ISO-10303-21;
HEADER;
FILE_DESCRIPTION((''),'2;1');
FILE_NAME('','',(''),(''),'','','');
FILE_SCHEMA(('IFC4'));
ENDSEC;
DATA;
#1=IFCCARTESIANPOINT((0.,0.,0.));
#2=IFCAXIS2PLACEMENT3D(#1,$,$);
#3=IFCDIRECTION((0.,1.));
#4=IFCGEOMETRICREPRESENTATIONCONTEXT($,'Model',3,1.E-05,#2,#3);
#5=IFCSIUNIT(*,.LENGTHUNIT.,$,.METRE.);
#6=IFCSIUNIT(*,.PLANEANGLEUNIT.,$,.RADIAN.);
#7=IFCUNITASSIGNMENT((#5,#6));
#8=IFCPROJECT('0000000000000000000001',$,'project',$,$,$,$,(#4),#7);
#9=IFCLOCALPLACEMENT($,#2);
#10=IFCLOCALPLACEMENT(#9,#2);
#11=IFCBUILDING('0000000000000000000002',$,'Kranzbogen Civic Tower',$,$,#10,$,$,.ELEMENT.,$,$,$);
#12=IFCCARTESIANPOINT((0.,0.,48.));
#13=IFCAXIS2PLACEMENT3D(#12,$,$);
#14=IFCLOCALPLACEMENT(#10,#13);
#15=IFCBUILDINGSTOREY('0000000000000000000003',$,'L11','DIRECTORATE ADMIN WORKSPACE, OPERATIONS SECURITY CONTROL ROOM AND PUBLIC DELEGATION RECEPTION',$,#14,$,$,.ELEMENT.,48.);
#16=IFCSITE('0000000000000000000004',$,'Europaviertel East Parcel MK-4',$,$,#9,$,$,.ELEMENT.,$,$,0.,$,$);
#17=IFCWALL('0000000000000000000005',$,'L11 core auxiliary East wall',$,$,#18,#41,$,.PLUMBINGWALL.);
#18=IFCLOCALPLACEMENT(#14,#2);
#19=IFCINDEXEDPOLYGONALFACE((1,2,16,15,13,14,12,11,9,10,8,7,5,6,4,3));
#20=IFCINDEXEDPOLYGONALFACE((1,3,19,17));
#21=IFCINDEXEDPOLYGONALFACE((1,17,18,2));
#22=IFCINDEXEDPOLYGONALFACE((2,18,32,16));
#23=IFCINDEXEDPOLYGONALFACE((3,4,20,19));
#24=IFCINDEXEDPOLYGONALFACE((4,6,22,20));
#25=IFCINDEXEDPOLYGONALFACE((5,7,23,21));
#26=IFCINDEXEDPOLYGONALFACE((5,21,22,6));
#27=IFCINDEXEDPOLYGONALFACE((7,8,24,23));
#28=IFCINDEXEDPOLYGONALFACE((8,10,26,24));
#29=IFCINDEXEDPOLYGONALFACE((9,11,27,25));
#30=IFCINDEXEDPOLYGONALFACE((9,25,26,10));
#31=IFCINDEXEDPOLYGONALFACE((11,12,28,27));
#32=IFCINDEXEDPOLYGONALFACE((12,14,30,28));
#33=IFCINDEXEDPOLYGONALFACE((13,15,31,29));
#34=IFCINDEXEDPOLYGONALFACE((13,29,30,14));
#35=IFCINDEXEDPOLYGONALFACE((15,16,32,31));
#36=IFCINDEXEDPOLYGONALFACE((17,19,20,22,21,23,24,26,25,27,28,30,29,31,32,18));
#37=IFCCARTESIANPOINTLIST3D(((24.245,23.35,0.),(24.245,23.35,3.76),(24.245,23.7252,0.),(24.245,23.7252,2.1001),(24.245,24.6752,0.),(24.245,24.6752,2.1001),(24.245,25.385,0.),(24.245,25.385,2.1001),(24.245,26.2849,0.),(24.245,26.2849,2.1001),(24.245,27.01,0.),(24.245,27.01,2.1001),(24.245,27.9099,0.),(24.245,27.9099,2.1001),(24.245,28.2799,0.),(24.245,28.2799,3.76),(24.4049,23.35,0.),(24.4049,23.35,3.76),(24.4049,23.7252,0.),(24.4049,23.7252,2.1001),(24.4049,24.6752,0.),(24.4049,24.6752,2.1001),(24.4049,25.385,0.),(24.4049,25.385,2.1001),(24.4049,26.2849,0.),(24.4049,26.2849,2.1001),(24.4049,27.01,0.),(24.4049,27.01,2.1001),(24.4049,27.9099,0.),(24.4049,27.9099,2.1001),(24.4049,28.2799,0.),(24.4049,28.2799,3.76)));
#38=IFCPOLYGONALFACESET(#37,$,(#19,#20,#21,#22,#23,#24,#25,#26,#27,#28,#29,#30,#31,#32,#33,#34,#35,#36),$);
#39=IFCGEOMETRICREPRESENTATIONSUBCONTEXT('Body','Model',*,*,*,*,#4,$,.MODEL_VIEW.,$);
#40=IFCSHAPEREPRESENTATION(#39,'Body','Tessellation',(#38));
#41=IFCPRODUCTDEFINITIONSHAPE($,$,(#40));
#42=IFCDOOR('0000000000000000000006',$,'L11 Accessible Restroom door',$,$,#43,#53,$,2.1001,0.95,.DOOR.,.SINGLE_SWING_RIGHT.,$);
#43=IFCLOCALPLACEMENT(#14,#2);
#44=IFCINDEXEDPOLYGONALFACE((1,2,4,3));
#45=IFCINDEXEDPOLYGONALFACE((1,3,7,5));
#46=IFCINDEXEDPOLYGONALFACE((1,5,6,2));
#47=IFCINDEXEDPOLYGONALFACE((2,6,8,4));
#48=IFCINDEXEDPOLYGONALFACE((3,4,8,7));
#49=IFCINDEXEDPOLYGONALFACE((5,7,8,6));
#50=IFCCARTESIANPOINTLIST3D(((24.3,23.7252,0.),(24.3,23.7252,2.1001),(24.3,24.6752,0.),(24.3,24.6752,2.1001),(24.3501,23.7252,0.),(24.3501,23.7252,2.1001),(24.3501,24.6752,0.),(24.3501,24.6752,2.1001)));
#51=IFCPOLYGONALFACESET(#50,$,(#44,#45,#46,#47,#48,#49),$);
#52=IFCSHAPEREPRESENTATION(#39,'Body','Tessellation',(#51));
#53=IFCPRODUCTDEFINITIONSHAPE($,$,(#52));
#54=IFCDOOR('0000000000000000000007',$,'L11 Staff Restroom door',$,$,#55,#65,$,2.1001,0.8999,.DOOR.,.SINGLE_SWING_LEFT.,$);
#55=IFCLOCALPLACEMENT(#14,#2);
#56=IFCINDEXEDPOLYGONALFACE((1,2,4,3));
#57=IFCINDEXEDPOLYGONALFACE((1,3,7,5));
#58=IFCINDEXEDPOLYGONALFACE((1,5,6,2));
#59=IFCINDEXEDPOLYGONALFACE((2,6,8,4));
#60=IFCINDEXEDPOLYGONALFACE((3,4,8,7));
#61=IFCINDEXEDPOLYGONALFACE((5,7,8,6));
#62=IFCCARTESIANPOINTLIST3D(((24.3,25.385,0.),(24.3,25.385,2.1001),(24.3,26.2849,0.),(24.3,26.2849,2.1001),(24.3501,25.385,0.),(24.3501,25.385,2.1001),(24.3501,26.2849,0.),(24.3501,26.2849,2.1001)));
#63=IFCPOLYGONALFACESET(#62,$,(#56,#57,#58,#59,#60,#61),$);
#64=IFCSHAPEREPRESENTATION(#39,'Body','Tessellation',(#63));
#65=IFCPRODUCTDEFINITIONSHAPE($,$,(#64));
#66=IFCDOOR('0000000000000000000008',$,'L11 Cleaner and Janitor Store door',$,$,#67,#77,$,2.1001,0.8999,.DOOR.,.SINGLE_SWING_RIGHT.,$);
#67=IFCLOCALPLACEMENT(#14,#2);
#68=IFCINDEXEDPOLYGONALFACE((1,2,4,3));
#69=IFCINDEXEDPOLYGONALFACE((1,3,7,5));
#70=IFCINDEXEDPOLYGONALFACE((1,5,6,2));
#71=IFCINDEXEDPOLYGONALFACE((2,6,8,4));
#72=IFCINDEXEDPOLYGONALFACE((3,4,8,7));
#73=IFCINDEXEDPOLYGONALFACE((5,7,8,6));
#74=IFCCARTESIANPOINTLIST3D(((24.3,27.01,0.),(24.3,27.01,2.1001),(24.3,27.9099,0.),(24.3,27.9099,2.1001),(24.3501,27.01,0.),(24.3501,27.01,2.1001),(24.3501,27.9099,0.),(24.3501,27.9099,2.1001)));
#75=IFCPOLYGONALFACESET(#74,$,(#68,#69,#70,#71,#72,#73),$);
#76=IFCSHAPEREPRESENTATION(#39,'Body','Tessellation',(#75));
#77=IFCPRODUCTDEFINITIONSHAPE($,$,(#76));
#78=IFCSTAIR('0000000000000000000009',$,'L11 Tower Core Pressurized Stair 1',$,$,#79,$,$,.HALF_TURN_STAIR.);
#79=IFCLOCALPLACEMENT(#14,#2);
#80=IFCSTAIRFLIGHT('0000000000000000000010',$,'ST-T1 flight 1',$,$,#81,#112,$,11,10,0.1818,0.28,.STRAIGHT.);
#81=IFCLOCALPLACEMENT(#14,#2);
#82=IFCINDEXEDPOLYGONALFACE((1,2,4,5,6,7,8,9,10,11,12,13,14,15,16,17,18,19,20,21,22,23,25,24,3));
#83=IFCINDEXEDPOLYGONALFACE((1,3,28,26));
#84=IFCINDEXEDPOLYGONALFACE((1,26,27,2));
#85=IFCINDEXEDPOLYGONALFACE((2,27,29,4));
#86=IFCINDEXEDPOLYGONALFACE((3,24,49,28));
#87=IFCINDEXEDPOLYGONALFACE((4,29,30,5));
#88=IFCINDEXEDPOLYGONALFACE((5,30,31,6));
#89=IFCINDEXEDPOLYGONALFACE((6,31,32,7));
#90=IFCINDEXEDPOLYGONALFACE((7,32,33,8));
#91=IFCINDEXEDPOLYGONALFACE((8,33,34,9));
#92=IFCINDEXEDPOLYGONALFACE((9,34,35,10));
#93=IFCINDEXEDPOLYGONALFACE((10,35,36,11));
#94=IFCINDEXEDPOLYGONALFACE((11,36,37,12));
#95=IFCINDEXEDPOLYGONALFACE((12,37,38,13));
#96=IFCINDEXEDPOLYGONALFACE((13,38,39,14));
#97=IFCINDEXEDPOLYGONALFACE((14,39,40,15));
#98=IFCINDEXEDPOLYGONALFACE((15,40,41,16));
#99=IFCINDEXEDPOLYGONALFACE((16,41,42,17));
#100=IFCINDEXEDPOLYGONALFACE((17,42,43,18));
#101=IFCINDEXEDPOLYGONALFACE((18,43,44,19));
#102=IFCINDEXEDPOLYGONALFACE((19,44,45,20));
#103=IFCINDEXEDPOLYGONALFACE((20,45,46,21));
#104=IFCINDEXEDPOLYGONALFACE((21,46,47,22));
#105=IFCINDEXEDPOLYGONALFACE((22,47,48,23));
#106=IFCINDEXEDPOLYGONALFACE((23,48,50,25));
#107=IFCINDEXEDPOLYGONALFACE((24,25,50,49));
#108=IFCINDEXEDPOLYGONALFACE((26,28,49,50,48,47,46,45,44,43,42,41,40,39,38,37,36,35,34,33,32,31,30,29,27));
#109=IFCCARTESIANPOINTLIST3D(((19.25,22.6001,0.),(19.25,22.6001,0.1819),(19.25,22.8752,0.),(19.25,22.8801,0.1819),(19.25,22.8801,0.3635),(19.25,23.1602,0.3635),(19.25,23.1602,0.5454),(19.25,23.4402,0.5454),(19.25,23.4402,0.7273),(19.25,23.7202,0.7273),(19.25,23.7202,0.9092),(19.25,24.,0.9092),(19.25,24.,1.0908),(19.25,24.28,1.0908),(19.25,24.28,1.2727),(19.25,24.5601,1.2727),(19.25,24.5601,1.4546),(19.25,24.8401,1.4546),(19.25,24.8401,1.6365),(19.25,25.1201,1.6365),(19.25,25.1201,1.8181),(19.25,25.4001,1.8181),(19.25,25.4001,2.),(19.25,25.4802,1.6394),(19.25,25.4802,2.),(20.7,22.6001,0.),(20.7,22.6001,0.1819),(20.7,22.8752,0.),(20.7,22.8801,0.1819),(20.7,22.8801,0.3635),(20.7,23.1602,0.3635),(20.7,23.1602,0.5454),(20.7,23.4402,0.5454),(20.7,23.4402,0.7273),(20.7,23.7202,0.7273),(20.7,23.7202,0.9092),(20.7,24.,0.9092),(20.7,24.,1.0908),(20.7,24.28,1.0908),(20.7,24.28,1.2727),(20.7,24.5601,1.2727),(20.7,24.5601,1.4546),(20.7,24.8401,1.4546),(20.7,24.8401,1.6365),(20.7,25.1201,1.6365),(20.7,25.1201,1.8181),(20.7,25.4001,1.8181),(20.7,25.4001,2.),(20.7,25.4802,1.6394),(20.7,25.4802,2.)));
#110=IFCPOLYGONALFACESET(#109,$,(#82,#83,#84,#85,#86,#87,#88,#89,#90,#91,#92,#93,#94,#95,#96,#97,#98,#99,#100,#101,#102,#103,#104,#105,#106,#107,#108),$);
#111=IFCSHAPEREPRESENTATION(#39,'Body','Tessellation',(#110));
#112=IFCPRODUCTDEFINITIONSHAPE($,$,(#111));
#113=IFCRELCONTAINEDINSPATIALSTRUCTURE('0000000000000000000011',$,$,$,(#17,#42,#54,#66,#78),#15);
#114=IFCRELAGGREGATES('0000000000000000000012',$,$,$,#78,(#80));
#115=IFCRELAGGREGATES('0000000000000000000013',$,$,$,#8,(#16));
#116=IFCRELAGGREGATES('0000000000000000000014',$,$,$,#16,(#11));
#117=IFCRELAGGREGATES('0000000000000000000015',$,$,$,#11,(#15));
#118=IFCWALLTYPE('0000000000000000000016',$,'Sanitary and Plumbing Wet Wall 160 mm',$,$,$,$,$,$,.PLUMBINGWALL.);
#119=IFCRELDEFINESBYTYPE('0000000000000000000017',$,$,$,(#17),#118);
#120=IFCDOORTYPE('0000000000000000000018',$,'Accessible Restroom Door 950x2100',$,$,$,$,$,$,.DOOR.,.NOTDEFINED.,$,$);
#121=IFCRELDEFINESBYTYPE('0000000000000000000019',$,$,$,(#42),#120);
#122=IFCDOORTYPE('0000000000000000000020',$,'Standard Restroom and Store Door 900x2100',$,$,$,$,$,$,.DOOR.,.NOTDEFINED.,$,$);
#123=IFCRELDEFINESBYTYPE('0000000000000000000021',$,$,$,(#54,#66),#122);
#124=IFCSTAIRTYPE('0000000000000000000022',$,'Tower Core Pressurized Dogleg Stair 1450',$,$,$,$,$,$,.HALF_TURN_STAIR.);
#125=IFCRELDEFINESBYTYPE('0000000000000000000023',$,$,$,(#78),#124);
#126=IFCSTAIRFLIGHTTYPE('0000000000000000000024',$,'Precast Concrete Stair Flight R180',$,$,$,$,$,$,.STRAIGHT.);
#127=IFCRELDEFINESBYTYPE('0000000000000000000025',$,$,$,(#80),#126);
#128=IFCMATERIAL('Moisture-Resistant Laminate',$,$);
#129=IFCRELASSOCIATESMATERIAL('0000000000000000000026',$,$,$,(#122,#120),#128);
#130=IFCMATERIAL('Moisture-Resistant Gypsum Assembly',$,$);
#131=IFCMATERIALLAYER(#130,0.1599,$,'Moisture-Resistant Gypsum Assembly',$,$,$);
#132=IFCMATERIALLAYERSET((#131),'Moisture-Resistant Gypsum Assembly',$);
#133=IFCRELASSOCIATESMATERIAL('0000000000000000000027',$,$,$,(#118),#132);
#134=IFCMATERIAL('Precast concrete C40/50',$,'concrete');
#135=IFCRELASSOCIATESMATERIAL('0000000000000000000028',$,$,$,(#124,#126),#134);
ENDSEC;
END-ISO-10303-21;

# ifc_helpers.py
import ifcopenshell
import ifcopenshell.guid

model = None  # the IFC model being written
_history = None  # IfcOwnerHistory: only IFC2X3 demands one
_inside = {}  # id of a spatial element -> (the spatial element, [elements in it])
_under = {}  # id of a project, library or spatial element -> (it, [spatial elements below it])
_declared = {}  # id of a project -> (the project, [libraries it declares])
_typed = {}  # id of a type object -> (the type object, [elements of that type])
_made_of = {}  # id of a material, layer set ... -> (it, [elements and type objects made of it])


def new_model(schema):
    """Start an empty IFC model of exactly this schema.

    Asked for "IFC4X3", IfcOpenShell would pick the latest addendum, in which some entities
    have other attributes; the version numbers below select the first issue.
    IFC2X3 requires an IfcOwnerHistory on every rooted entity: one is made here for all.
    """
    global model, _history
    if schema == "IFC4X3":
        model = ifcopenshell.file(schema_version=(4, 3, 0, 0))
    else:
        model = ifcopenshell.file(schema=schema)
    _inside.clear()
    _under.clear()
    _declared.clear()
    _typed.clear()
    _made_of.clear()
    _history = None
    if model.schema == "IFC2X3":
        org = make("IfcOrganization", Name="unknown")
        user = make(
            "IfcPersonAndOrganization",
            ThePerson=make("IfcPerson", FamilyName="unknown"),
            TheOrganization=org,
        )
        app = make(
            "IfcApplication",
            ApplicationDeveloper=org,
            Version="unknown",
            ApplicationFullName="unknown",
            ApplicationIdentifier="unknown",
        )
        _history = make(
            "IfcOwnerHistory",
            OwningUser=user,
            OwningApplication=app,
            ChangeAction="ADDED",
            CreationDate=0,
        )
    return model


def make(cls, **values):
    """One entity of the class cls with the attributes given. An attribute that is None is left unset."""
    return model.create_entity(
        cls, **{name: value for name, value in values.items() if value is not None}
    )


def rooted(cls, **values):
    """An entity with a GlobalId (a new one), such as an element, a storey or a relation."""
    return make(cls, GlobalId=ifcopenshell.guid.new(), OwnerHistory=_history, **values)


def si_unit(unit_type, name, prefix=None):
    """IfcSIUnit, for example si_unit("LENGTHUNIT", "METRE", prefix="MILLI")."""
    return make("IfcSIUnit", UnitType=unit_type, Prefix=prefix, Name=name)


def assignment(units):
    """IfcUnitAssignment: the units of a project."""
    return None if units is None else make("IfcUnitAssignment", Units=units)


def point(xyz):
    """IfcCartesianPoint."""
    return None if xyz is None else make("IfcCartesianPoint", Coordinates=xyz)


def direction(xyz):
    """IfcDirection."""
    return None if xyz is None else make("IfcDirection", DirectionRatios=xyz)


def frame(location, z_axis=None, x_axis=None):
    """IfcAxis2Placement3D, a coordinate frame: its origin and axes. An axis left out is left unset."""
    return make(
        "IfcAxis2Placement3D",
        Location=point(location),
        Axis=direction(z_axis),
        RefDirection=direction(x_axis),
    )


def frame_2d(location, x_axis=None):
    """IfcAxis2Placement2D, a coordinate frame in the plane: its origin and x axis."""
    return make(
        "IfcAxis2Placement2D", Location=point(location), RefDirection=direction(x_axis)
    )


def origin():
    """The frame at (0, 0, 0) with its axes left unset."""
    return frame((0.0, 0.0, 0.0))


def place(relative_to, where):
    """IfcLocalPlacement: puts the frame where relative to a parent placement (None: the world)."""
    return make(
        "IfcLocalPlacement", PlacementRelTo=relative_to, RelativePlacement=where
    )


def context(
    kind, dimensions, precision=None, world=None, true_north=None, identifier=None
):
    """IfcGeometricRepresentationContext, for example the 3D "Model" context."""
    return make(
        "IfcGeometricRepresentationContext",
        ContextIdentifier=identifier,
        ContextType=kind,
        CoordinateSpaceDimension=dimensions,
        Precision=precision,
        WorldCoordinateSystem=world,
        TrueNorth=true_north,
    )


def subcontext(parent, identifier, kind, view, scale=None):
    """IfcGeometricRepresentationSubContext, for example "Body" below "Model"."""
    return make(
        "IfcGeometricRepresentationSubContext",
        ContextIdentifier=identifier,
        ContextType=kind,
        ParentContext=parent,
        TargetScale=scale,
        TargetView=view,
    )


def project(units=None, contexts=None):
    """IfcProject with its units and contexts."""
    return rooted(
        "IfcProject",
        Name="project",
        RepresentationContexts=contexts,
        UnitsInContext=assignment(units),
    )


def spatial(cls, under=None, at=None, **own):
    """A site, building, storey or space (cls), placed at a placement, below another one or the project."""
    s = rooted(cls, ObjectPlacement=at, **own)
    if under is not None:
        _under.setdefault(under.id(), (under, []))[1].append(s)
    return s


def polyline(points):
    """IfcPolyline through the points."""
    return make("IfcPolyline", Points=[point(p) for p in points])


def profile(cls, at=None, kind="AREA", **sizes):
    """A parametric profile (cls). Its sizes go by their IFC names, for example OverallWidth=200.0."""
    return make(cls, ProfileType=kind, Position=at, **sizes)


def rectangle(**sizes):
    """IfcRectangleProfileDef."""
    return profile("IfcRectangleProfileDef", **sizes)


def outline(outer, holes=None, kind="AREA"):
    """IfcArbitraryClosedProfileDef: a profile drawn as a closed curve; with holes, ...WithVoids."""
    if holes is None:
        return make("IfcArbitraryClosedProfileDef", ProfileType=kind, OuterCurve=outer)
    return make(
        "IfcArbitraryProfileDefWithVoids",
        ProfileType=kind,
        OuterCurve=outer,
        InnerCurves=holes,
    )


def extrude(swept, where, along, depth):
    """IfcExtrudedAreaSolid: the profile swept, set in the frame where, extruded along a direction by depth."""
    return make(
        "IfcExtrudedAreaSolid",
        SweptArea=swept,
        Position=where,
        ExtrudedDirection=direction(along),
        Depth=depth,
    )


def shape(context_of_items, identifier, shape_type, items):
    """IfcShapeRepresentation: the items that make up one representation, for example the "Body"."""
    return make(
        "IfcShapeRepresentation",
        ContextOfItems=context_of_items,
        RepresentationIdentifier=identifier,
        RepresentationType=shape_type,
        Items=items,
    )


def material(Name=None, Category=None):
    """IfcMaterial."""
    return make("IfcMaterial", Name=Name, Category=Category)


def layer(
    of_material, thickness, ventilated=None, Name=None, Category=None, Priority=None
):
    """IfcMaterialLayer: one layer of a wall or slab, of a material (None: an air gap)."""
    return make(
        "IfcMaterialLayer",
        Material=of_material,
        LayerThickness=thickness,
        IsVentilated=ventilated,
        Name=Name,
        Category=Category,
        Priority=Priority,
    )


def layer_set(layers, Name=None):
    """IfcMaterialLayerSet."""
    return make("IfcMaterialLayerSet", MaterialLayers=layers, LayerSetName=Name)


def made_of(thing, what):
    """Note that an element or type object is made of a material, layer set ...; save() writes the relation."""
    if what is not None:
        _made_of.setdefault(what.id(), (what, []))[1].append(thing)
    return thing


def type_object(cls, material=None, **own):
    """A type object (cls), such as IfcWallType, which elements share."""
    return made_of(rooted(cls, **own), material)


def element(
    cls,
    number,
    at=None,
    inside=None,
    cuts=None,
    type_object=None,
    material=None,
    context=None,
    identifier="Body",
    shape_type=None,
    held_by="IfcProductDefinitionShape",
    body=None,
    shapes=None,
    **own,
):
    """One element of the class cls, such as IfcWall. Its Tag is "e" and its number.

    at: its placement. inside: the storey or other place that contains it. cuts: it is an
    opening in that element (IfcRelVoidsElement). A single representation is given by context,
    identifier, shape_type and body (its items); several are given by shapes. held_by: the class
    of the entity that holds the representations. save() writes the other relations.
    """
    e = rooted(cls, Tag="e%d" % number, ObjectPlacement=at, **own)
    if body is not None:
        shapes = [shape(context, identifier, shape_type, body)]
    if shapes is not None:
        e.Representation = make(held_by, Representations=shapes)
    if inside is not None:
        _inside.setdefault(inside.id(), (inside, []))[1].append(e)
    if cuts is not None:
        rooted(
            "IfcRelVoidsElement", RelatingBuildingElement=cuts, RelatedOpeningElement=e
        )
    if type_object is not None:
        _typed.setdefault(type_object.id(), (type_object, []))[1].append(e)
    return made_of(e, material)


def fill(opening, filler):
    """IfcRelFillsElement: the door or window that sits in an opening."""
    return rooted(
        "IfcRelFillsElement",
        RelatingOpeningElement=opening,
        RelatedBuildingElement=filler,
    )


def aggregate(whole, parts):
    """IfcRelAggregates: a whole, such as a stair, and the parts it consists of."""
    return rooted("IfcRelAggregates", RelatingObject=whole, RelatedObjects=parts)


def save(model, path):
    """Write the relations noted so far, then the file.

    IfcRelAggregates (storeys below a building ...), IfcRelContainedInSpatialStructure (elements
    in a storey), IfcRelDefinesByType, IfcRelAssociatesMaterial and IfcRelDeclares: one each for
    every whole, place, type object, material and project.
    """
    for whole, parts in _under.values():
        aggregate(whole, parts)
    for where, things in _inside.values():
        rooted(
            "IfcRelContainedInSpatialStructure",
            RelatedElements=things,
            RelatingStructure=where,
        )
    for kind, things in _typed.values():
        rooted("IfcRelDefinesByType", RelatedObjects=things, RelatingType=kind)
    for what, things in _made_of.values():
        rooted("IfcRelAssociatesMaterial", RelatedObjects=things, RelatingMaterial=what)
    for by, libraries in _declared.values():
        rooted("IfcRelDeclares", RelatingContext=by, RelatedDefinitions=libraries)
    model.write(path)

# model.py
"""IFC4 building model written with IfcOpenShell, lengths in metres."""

from ifc_helpers import new_model, si_unit, direction, frame, frame_2d, origin, place, context, subcontext, project, spatial, polyline, rectangle, outline, extrude, material, layer, layer_set, type_object, element, fill, aggregate, save


model = new_model("IFC4")

# Units and contexts
model_context = context("Model", 3, precision=1e-05, world=origin(), true_north=direction((0.0, 1.0)))
body_context = subcontext(model_context, "Body", "Model", "MODEL_VIEW")
ifc_project = project(units=[si_unit("LENGTHUNIT", "METRE"), si_unit("PLANEANGLEUNIT", "RADIAN")], contexts=[model_context])

# Site, building, storey
site_placement = place(None, origin())
site = spatial("IfcSite", under=ifc_project, at=site_placement, Name="Europaviertel East Parcel MK-4", CompositionType="ELEMENT", RefElevation=0.0)
building_placement = place(site_placement, origin())
building = spatial("IfcBuilding", under=site, at=building_placement, Name="Kranzbogen Civic Tower", CompositionType="ELEMENT")
storey_placement = place(building_placement, frame((0.0, 0.0, 48.0)))
storey = spatial("IfcBuildingStorey", under=building, at=storey_placement, Name="L11", Description="DIRECTORATE ADMIN WORKSPACE, OPERATIONS SECURITY CONTROL ROOM AND PUBLIC DELEGATION RECEPTION", CompositionType="ELEMENT", Elevation=48.0)

# Shared definitions
ifc_material_1 = material(Name="Moisture-Resistant Laminate")
door_type_1 = type_object("IfcDoorType", Name="Standard Restroom and Store Door 900x2100", OperationType="NOTDEFINED", PredefinedType="DOOR", material=ifc_material_1)

# Wall, openings, doors
ifc_material_2 = material(Name="Moisture-Resistant Gypsum Assembly")
ifc_layer_1 = layer(ifc_material_2, 0.1599, Name="Moisture-Resistant Gypsum Assembly")
ifc_layer_set_1 = layer_set([ifc_layer_1], Name="Moisture-Resistant Gypsum Assembly")
wall_type_1 = type_object("IfcWallType", Name="Sanitary and Plumbing Wet Wall 160 mm", PredefinedType="PLUMBINGWALL", material=ifc_layer_set_1)
wall_1_placement = place(storey_placement, frame((24.325, 23.3501, 0.0), z_axis=(0.0, 0.0, 1.0), x_axis=(0.0, 1.0, 0.0)))
wall_1 = element("IfcWall", 1, at=wall_1_placement, inside=storey, type_object=wall_type_1, Name="L11 core auxiliary East wall", PredefinedType="PLUMBINGWALL", context=body_context, shape_type="SweptSolid", body=[
    extrude(rectangle(XDim=4.9299, YDim=0.1599, at=frame_2d((2.4648, 0.0))), origin(), (0.0, 0.0, 1.0), 3.76),
])
opening_1_placement = place(wall_1_placement, frame((0.375, 0.0, 0.0)))
opening_1 = element("IfcOpeningElement", 2, at=opening_1_placement, cuts=wall_1, PredefinedType="OPENING", context=body_context, shape_type="SweptSolid", body=[
    extrude(rectangle(XDim=0.95, YDim=2.1001, at=frame_2d((0.4751, 1.05))), frame((0.0, 0.0898, 0.0), z_axis=(0.0, -1.0, 0.0), x_axis=(1.0, 0.0, 0.0)), (0.0, 0.0, 1.0), 0.1799),
])
opening_2_placement = place(wall_1_placement, frame((2.0349, 0.0, 0.0)))
opening_2 = element("IfcOpeningElement", 3, at=opening_2_placement, cuts=wall_1, PredefinedType="OPENING", context=body_context, shape_type="SweptSolid", body=[
    extrude(rectangle(XDim=0.8999, YDim=2.1001, at=frame_2d((0.45, 1.05))), frame((0.0, 0.0898, 0.0), z_axis=(0.0, -1.0, 0.0), x_axis=(1.0, 0.0, 0.0)), (0.0, 0.0, 1.0), 0.1799),
])
opening_3_placement = place(wall_1_placement, frame((3.6599, 0.0, 0.0)))
opening_3 = element("IfcOpeningElement", 4, at=opening_3_placement, cuts=wall_1, PredefinedType="OPENING", context=body_context, shape_type="SweptSolid", body=[
    extrude(rectangle(XDim=0.8999, YDim=2.1001, at=frame_2d((0.45, 1.05))), frame((0.0, 0.0898, 0.0), z_axis=(0.0, -1.0, 0.0), x_axis=(1.0, 0.0, 0.0)), (0.0, 0.0, 1.0), 0.1799),
])
door_type_2 = type_object("IfcDoorType", Name="Accessible Restroom Door 950x2100", OperationType="NOTDEFINED", PredefinedType="DOOR", material=ifc_material_1)
door_1_placement = place(opening_1_placement, origin())
door_1 = element("IfcDoor", 5, at=door_1_placement, inside=storey, type_object=door_type_2, Name="L11 Accessible Restroom door", OperationType="SINGLE_SWING_RIGHT", OverallHeight=2.1001, OverallWidth=0.95, PredefinedType="DOOR", context=body_context, shape_type="SweptSolid", body=[
    extrude(rectangle(XDim=0.95, YDim=2.1001, at=frame_2d((0.4751, 1.05))), frame((0.0, 0.0249, 0.0), z_axis=(0.0, -1.0, 0.0), x_axis=(1.0, 0.0, 0.0)), (0.0, 0.0, 1.0), 0.05),
])
fill(opening_1, door_1)
door_2_placement = place(opening_2_placement, origin())
door_2 = element("IfcDoor", 6, at=door_2_placement, inside=storey, type_object=door_type_1, Name="L11 Staff Restroom door", OperationType="SINGLE_SWING_LEFT", OverallHeight=2.1001, OverallWidth=0.8999, PredefinedType="DOOR", context=body_context, shape_type="SweptSolid", body=[
    extrude(rectangle(XDim=0.8999, YDim=2.1001, at=frame_2d((0.45, 1.05))), frame((0.0, 0.0249, 0.0), z_axis=(0.0, -1.0, 0.0), x_axis=(1.0, 0.0, 0.0)), (0.0, 0.0, 1.0), 0.05),
])
fill(opening_2, door_2)
door_3_placement = place(opening_3_placement, origin())
door_3 = element("IfcDoor", 7, at=door_3_placement, inside=storey, type_object=door_type_1, Name="L11 Cleaner and Janitor Store door", OperationType="SINGLE_SWING_RIGHT", OverallHeight=2.1001, OverallWidth=0.8999, PredefinedType="DOOR", context=body_context, shape_type="SweptSolid", body=[
    extrude(rectangle(XDim=0.8999, YDim=2.1001, at=frame_2d((0.45, 1.05))), frame((0.0, 0.0249, 0.0), z_axis=(0.0, -1.0, 0.0), x_axis=(1.0, 0.0, 0.0)), (0.0, 0.0, 1.0), 0.05),
])
fill(opening_3, door_3)

# Stair, stair flight
ifc_material_3 = material(Name="Precast concrete C40/50", Category="concrete")
stair_type = type_object("IfcStairType", Name="Tower Core Pressurized Dogleg Stair 1450", PredefinedType="HALF_TURN_STAIR", material=ifc_material_3)
stair_placement = place(storey_placement, origin())
stair = element("IfcStair", 8, at=stair_placement, inside=storey, type_object=stair_type, Name="L11 Tower Core Pressurized Stair 1", PredefinedType="HALF_TURN_STAIR")
stair_flight_type = type_object("IfcStairFlightType", Name="Precast Concrete Stair Flight R180", PredefinedType="STRAIGHT", material=ifc_material_3)
stair_flight_placement = place(storey_placement, frame((19.9751, 22.6001, 0.0), z_axis=(0.0, 0.0, 1.0), x_axis=(0.0, 1.0, 0.0)))
stair_flight = element("IfcStairFlight", 9, at=stair_flight_placement, type_object=stair_flight_type, Name="ST-T1 flight 1", NumberOfRisers=11, NumberOfTreads=10, PredefinedType="STRAIGHT", RiserHeight=0.1818, TreadLength=0.28, context=body_context, shape_type="SweptSolid", body=[
    extrude(outline(polyline([(0.0, 0.0), (0.0, 0.1819), (0.28, 0.1819), (0.28, 0.3635), (0.5601, 0.3635), (0.5601, 0.5454), (0.8401, 0.5454), (0.8401, 0.7273), (1.1201, 0.7273), (1.1201, 0.9092), (1.3999, 0.9092), (1.3999, 1.0908), (1.6799, 1.0908), (1.6799, 1.2727), (1.96, 1.2727), (1.96, 1.4546), (2.24, 1.4546), (2.24, 1.6365), (2.52, 1.6365), (2.52, 1.8181), (2.8, 1.8181), (2.8, 2.0), (2.8801, 2.0), (2.8801, 1.6394), (0.2751, 0.0), (0.0, 0.0)])), frame((0.0, 0.7251, 0.0), z_axis=(0.0, -1.0, 0.0), x_axis=(1.0, 0.0, 0.0)), (0.0, 0.0, 1.0), 1.45),
])
aggregate(stair, [stair_flight])

save(model, "model.ifc")
